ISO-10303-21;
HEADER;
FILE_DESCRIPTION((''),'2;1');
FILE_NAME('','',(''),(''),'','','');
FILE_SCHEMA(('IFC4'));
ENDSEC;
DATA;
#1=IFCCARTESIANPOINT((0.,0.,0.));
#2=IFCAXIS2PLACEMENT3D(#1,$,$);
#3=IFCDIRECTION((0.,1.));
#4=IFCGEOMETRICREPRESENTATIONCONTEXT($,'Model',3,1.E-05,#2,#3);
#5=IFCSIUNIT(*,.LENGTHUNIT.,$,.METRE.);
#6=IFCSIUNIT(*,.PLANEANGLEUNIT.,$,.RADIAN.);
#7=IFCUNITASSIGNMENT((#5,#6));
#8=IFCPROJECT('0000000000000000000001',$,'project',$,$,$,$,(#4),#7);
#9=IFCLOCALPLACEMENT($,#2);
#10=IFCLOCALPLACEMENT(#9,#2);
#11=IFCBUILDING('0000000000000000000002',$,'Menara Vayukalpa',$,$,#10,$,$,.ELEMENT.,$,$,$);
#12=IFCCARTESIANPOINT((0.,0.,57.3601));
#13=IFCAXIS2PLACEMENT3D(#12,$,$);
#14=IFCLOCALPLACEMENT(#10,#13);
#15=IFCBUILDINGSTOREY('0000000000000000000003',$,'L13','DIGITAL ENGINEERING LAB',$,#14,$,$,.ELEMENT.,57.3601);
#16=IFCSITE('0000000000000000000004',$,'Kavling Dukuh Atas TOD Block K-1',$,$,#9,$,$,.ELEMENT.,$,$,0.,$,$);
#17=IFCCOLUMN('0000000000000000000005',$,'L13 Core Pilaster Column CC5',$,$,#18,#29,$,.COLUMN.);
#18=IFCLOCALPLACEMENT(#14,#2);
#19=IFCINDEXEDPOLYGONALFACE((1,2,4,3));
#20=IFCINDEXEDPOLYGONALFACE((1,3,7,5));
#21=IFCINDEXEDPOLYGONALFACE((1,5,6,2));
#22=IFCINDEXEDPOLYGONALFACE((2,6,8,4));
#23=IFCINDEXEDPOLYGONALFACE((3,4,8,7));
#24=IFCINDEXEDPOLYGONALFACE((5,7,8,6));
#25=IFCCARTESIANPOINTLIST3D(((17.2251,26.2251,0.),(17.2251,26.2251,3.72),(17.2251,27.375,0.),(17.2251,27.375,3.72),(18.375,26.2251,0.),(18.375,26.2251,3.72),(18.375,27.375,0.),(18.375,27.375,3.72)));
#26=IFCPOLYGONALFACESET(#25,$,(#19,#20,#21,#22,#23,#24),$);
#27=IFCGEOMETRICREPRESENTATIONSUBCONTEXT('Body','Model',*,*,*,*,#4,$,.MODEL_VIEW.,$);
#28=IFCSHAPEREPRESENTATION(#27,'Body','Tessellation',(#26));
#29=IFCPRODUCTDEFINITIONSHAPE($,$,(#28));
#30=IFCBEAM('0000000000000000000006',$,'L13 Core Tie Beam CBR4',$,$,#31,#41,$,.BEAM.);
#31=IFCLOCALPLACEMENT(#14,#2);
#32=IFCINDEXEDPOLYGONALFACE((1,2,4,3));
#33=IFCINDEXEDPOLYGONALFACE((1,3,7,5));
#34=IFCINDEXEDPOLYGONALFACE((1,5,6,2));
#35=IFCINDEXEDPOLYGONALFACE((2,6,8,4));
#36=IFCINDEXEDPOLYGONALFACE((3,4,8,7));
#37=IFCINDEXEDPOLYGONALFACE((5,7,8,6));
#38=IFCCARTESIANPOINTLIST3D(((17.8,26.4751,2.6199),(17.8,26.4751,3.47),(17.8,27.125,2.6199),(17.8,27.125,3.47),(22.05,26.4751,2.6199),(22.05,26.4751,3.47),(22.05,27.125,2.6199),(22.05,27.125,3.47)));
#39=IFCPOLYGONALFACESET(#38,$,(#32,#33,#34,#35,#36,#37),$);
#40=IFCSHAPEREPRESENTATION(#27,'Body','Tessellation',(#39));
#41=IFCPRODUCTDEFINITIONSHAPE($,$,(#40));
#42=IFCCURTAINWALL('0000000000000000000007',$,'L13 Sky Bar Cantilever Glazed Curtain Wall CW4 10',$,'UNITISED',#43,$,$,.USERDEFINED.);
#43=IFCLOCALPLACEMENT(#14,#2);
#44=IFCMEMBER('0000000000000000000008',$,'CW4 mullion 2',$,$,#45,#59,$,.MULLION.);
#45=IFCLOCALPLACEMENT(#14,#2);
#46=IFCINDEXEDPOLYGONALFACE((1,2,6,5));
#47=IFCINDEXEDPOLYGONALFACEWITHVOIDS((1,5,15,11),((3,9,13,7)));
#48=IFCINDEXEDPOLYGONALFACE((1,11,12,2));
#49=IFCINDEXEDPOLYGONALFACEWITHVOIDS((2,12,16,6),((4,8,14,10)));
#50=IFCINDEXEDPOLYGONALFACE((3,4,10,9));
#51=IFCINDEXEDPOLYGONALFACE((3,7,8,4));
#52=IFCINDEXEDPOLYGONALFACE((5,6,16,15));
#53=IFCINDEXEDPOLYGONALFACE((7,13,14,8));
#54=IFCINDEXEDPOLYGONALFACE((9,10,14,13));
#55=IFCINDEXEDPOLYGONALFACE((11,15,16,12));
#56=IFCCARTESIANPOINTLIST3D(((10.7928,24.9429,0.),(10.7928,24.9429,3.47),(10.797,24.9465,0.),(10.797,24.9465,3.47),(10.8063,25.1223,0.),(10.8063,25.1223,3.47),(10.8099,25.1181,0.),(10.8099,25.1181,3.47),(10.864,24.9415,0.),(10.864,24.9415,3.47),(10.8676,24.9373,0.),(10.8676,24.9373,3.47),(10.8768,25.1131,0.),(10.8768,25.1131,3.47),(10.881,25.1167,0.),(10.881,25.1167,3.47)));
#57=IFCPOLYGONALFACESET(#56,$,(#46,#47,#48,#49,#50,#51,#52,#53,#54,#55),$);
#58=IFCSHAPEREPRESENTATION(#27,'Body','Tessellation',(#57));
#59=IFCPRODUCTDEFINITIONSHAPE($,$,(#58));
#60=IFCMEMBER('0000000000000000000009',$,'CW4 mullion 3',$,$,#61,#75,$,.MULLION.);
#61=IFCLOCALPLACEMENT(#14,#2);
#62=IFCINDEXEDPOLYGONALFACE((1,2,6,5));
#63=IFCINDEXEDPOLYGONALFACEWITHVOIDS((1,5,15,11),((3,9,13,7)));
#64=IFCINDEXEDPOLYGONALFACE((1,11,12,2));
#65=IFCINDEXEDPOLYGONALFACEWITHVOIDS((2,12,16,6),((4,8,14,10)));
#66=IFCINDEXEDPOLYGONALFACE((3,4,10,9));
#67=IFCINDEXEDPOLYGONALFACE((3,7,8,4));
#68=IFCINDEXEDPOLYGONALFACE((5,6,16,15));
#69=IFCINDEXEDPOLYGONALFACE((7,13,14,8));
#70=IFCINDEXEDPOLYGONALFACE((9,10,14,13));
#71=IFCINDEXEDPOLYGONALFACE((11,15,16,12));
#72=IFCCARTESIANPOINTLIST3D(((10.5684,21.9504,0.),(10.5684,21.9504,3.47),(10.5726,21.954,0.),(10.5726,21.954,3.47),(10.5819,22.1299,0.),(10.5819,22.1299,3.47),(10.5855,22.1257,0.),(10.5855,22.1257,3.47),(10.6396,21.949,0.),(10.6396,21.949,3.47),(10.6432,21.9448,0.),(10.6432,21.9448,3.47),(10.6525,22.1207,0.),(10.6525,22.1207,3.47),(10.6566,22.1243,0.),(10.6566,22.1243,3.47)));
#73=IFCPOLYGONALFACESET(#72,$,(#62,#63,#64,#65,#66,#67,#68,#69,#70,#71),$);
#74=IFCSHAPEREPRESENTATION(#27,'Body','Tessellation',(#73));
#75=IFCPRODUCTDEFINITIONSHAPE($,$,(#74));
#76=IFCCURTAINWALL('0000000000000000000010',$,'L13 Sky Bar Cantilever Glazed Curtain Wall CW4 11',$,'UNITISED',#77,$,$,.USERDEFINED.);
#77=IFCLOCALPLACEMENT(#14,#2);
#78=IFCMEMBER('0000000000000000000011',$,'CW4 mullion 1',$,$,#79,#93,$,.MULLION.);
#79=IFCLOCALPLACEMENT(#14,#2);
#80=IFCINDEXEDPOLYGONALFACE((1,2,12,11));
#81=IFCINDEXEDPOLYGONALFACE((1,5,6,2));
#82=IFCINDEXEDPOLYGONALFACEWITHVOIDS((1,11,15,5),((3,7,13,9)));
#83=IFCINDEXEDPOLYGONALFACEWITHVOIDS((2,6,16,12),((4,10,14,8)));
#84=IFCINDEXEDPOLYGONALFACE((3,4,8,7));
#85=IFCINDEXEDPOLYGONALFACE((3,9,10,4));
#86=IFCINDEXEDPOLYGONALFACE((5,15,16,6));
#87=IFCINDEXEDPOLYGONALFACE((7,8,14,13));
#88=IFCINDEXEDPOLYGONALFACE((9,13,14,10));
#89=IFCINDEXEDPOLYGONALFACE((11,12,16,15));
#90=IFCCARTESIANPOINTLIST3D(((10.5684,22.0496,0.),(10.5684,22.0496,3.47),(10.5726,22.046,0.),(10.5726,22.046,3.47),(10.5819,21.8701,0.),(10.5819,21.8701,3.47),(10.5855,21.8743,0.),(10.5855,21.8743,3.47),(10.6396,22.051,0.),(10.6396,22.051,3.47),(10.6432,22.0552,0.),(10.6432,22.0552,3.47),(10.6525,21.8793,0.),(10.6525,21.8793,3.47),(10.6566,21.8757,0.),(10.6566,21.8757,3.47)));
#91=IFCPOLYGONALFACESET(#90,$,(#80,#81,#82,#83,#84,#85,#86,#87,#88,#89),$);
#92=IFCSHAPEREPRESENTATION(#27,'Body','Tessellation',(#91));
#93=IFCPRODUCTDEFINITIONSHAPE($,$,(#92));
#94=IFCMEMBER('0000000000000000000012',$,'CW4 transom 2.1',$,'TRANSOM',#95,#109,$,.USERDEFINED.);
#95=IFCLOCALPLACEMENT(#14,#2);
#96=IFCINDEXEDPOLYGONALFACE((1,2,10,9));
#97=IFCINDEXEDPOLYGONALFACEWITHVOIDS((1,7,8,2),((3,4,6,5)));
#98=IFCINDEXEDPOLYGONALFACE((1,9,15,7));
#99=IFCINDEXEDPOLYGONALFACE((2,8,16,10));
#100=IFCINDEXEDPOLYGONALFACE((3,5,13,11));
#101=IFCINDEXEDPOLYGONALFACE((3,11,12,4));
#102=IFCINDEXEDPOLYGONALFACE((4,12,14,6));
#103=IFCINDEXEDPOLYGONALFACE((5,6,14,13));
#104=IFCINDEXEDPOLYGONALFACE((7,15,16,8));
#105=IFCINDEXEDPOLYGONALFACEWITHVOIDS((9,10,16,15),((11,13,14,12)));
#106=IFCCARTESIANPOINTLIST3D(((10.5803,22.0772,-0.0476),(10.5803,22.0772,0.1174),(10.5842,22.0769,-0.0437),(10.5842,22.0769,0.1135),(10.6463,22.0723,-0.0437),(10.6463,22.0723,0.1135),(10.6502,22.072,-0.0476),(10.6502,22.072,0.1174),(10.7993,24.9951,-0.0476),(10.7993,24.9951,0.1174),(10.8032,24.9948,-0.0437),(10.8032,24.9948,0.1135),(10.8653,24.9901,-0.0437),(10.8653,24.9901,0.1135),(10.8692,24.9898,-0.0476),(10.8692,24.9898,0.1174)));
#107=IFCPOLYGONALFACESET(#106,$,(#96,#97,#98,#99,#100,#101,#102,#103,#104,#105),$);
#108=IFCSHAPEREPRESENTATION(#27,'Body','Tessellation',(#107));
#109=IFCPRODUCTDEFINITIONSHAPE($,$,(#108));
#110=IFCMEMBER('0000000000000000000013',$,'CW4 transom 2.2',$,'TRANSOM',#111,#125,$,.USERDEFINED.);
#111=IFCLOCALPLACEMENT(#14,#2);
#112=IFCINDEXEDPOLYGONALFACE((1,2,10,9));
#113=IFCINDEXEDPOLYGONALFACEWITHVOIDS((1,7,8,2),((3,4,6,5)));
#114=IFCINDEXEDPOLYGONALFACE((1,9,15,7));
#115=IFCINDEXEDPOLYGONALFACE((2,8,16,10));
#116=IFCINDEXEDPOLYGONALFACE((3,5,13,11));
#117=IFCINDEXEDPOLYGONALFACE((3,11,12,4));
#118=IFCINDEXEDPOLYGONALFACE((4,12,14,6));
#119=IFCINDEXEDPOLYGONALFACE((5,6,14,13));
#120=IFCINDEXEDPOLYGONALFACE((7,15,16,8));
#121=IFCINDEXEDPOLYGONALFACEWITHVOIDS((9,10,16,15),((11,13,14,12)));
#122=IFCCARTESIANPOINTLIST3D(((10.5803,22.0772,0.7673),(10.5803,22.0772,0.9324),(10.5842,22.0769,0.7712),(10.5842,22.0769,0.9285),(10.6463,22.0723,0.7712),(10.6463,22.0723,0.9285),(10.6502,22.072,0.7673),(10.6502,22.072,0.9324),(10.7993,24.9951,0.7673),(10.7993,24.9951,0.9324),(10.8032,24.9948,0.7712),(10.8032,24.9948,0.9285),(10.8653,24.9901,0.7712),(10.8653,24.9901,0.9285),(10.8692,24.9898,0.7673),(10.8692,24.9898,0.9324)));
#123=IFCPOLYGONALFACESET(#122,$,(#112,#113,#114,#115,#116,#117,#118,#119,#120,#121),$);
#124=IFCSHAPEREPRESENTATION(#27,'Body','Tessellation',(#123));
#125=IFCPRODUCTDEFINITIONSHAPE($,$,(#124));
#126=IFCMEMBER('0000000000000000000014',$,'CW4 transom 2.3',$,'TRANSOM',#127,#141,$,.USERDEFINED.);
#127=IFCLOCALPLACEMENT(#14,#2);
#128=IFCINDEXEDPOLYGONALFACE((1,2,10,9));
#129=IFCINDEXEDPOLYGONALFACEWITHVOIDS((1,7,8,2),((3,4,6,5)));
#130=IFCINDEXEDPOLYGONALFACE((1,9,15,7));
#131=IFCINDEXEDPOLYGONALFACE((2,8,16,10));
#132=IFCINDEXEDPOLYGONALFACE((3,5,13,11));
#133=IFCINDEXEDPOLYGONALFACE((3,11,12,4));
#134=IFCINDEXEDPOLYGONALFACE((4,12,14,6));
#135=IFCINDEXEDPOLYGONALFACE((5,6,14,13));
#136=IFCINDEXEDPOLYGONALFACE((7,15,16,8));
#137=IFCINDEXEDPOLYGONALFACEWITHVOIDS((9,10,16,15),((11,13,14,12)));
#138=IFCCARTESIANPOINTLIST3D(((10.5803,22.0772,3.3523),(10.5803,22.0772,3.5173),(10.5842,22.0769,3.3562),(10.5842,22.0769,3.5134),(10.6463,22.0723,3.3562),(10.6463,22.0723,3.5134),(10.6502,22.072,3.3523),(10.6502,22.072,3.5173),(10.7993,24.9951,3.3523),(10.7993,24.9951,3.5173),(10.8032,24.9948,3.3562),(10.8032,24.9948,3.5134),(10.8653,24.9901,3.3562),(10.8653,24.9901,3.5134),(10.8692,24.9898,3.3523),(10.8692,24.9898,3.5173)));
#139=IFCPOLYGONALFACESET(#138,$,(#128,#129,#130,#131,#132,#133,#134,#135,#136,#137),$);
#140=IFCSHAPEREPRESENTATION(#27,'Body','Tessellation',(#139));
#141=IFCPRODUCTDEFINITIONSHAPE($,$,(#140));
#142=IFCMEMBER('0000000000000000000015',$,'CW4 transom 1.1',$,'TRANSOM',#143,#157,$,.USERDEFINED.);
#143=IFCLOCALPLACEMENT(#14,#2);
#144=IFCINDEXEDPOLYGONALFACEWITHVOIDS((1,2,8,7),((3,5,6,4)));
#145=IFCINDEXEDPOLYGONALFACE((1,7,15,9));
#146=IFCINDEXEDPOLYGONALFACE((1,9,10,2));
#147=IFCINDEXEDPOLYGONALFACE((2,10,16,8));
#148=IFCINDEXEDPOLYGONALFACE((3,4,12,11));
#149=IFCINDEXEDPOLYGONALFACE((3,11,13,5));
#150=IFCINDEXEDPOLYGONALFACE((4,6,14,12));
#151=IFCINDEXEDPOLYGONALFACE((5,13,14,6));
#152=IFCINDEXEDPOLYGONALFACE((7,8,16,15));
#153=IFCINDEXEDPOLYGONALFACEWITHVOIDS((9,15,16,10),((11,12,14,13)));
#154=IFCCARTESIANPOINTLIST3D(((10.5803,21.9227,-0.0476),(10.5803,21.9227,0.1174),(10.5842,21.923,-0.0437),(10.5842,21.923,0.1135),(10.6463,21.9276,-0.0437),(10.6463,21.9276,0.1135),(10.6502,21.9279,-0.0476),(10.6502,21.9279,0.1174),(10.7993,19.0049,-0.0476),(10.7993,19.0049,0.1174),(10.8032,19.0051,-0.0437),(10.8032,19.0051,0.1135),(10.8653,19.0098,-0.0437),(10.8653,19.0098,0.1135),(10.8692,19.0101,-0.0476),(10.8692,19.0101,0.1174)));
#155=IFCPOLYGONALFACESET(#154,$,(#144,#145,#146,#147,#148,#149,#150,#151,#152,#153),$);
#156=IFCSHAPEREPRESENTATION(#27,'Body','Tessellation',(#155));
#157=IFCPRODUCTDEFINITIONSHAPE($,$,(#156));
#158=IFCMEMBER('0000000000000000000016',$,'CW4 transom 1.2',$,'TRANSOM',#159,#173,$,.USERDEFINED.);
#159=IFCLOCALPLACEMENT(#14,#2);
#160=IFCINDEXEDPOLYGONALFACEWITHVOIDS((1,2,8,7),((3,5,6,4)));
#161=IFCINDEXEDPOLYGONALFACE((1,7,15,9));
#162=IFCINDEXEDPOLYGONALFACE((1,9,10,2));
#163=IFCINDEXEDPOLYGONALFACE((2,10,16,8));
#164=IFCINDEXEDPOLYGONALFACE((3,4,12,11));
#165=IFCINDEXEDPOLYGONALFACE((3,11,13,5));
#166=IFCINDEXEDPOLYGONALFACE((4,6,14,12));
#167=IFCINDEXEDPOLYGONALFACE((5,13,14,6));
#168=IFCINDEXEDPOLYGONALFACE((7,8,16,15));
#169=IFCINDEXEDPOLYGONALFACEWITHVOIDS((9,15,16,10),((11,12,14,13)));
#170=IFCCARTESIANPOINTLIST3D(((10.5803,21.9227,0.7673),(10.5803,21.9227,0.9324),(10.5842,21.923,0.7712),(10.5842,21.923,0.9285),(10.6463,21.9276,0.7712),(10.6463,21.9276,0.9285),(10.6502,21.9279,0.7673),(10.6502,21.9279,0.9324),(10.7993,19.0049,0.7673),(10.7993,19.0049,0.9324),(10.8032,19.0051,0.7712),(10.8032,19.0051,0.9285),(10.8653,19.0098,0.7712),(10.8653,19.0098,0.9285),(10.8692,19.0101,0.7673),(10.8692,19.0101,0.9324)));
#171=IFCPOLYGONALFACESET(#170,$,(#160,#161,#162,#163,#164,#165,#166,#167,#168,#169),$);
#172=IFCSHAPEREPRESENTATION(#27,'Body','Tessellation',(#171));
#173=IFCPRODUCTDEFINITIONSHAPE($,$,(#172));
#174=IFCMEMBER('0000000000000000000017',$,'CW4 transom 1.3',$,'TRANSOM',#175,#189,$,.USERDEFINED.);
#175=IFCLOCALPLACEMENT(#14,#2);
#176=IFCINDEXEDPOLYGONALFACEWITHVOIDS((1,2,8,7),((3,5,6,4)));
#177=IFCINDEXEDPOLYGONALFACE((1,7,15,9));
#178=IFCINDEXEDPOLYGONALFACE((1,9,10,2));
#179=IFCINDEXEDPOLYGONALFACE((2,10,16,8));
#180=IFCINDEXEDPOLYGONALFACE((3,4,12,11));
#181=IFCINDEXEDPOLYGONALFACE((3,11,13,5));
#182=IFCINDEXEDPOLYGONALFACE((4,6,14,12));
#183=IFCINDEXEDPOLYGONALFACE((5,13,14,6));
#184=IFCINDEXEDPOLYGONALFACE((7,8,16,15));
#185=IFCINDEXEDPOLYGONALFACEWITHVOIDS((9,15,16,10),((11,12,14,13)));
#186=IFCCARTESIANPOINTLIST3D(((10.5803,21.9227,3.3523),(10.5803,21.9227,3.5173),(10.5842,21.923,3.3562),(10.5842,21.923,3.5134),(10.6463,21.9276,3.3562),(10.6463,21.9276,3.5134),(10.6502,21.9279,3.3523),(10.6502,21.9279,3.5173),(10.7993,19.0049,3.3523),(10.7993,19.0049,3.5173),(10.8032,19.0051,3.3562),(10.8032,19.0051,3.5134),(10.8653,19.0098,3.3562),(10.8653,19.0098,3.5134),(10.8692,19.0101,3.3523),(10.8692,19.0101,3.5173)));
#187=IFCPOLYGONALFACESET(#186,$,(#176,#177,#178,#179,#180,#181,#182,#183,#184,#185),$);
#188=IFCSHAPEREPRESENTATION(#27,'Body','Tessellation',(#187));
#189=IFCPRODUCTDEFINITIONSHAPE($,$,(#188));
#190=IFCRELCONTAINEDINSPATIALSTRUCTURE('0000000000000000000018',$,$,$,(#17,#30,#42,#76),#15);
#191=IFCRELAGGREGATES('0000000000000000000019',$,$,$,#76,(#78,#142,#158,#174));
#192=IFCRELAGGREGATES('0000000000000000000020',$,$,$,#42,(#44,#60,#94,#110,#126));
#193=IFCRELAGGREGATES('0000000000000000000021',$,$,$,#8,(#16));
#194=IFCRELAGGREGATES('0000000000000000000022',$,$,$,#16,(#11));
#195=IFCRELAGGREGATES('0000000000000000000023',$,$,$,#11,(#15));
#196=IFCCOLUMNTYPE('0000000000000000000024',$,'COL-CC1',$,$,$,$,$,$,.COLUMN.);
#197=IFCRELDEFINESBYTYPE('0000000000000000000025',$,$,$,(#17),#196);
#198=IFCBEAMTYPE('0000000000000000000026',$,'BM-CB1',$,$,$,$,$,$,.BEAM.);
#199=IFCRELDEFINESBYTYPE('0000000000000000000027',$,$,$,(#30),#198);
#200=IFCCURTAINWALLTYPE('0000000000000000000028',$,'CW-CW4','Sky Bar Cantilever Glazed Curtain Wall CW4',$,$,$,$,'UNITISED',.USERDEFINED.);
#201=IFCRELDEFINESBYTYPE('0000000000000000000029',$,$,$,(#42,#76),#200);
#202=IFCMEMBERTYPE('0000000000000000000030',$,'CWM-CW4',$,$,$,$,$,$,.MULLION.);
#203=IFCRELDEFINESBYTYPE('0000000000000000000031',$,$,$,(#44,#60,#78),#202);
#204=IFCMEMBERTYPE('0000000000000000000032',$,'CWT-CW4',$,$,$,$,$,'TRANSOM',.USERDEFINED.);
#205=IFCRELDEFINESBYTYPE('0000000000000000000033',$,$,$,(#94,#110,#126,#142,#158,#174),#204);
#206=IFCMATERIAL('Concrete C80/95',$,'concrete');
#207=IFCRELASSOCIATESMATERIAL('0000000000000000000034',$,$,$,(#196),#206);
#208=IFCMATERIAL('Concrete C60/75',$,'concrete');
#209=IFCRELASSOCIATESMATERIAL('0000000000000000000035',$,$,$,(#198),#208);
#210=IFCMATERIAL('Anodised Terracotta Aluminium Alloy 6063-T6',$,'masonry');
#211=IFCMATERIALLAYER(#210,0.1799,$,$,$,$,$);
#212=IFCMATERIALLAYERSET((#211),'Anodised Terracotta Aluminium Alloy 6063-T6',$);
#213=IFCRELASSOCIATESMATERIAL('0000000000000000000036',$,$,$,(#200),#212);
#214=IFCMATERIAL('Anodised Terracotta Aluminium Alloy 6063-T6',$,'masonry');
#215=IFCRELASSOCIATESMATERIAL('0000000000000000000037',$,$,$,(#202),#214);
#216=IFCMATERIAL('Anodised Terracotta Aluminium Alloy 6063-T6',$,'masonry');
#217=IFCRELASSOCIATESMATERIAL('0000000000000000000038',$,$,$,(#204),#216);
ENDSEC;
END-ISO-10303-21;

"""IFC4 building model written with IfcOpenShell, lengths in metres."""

from ifc_helpers import new_model, si_unit, direction, frame, origin, origin_2d, place, context, subcontext, project, spatial, rectangle, hollow_rectangle, extrude, material, layer, layer_set, material_profile, profile_set, type_object, element, aggregate, save


model = new_model("IFC4")

# Units and contexts
model_context = context("Model", 3, precision=1e-05, world=origin(), true_north=direction((0.0, 1.0)))
body_context = subcontext(model_context, "Body", "Model", "MODEL_VIEW")
ifc_project = project(units=[si_unit("LENGTHUNIT", "METRE"), si_unit("PLANEANGLEUNIT", "RADIAN")], contexts=[model_context])

# Site, building, storey
site_placement = place(None, origin())
site = spatial("IfcSite", under=ifc_project, at=site_placement, Name="Kavling Dukuh Atas TOD Block K-1", CompositionType="ELEMENT", RefElevation=0.0)
building_placement = place(site_placement, origin())
building = spatial("IfcBuilding", under=site, at=building_placement, Name="Menara Vayukalpa", CompositionType="ELEMENT")
storey_placement = place(building_placement, frame((0.0, 0.0, 57.3601)))
storey = spatial("IfcBuildingStorey", under=building, at=storey_placement, Name="L13", Description="DIGITAL ENGINEERING LAB", CompositionType="ELEMENT", Elevation=57.3601)

# Column
ifc_material_1 = material(Name="Concrete C80/95", Category="concrete")
ifc_material_profile_1 = material_profile(ifc_material_1, rectangle(XDim=1.1499, YDim=1.1499, at=origin_2d()), Name="RC 1150x1150")
ifc_profile_set_1 = profile_set([ifc_material_profile_1], Name="Concrete C80/95")
column_type = type_object("IfcColumnType", Name="COL-CC1", PredefinedType="COLUMN", material=ifc_profile_set_1)
column_placement = place(storey_placement, frame((17.8, 26.8, 0.0), z_axis=(0.0, 0.0, 1.0), x_axis=(1.0, 0.0, 0.0)))
element("IfcColumn", 1, at=column_placement, inside=storey, type_object=column_type, Name="L13 Core Pilaster Column CC5", PredefinedType="COLUMN", context=body_context, shape_type="SweptSolid", body=[
    extrude(rectangle(XDim=1.1499, YDim=1.1499, at=origin_2d()), origin(), (0.0, 0.0, 1.0), 3.72),
])

# Beam
ifc_material_2 = material(Name="Concrete C60/75", Category="concrete")
ifc_material_profile_2 = material_profile(ifc_material_2, rectangle(XDim=0.6499, YDim=0.8501, at=origin_2d()), Name="RC 650x850")
ifc_profile_set_2 = profile_set([ifc_material_profile_2], Name="Concrete C60/75")
beam_type = type_object("IfcBeamType", Name="BM-CB1", PredefinedType="BEAM", material=ifc_profile_set_2)
beam_placement = place(storey_placement, frame((17.8, 26.8, 3.0449), z_axis=(1.0, 0.0, 0.0), x_axis=(0.0, 1.0, 0.0)))
element("IfcBeam", 2, at=beam_placement, inside=storey, type_object=beam_type, Name="L13 Core Tie Beam CBR4", PredefinedType="BEAM", context=body_context, shape_type="SweptSolid", body=[
    extrude(rectangle(XDim=0.6499, YDim=0.8501, at=origin_2d()), origin(), (0.0, 0.0, 1.0), 4.25),
])

# Curtain wall, members
ifc_material_3 = material(Name="Anodised Terracotta Aluminium Alloy 6063-T6", Category="masonry")
ifc_layer_1 = layer(ifc_material_3, 0.1799)
ifc_layer_set_1 = layer_set([ifc_layer_1], Name="Anodised Terracotta Aluminium Alloy 6063-T6")
curtain_wall_type = type_object("IfcCurtainWallType", Name="CW-CW4", Description="Sky Bar Cantilever Glazed Curtain Wall CW4", ElementType="UNITISED", PredefinedType="USERDEFINED", material=ifc_layer_set_1)
curtain_wall_1_placement = place(storey_placement, origin())
curtain_wall_1 = element("IfcCurtainWall", 3, at=curtain_wall_1_placement, inside=storey, type_object=curtain_wall_type, Name="L13 Sky Bar Cantilever Glazed Curtain Wall CW4 10", ObjectType="UNITISED", PredefinedType="USERDEFINED")
ifc_material_4 = material(Name="Anodised Terracotta Aluminium Alloy 6063-T6", Category="masonry")
ifc_material_profile_3 = material_profile(ifc_material_4, hollow_rectangle(XDim=0.075, YDim=0.1799, WallThickness=0.0039, at=origin_2d()), Name="ALU 75x180x4")
ifc_profile_set_3 = profile_set([ifc_material_profile_3], Name="Anodised Terracotta Aluminium Alloy 6063-T6")
member_type_1 = type_object("IfcMemberType", Name="CWM-CW4", PredefinedType="MULLION", material=ifc_profile_set_3)
member_1_placement = place(storey_placement, frame((10.8369, 25.0298, 0.0), z_axis=(0.0, 0.0, 1.0), x_axis=(0.997199, -0.074795, 0.0)))
member_1 = element("IfcMember", 4, at=member_1_placement, type_object=member_type_1, Name="CW4 mullion 2", PredefinedType="MULLION", context=body_context, shape_type="SweptSolid", body=[
    extrude(hollow_rectangle(XDim=0.075, YDim=0.1799, WallThickness=0.0039, at=origin_2d()), origin(), (0.0, 0.0, 1.0), 3.47),
])
member_2_placement = place(storey_placement, frame((10.6125, 22.0374, 0.0), z_axis=(0.0, 0.0, 1.0), x_axis=(0.997199, -0.074795, 0.0)))
member_2 = element("IfcMember", 5, at=member_2_placement, type_object=member_type_1, Name="CW4 mullion 3", PredefinedType="MULLION", context=body_context, shape_type="SweptSolid", body=[
    extrude(hollow_rectangle(XDim=0.075, YDim=0.1799, WallThickness=0.0039, at=origin_2d()), origin(), (0.0, 0.0, 1.0), 3.47),
])

# Curtain wall, member
curtain_wall_2_placement = place(storey_placement, origin())
curtain_wall_2 = element("IfcCurtainWall", 6, at=curtain_wall_2_placement, inside=storey, type_object=curtain_wall_type, Name="L13 Sky Bar Cantilever Glazed Curtain Wall CW4 11", ObjectType="UNITISED", PredefinedType="USERDEFINED")
member_3_placement = place(storey_placement, frame((10.6125, 21.9626, 0.0), z_axis=(0.0, 0.0, 1.0), x_axis=(0.997199, 0.074795, 0.0)))
member_3 = element("IfcMember", 7, at=member_3_placement, type_object=member_type_1, Name="CW4 mullion 1", PredefinedType="MULLION", context=body_context, shape_type="SweptSolid", body=[
    extrude(hollow_rectangle(XDim=0.075, YDim=0.1799, WallThickness=0.0039, at=origin_2d()), origin(), (0.0, 0.0, 1.0), 3.47),
])

# Members
ifc_material_5 = material(Name="Anodised Terracotta Aluminium Alloy 6063-T6", Category="masonry")
ifc_material_profile_4 = material_profile(ifc_material_5, hollow_rectangle(XDim=0.0701, YDim=0.165, WallThickness=0.0039, at=origin_2d()), Name="ALU 70x165x4")
ifc_profile_set_4 = profile_set([ifc_material_profile_4], Name="Anodised Terracotta Aluminium Alloy 6063-T6")
member_type_2 = type_object("IfcMemberType", Name="CWT-CW4", ElementType="TRANSOM", PredefinedType="USERDEFINED", material=ifc_profile_set_4)
member_4_placement = place(storey_placement, frame((10.8342, 24.9924, 0.0349), z_axis=(-0.074846, -0.997195, 0.0), x_axis=(0.997195, -0.074846, 0.0)))
member_4 = element("IfcMember", 8, at=member_4_placement, type_object=member_type_2, Name="CW4 transom 2.1", ObjectType="TRANSOM", PredefinedType="USERDEFINED", context=body_context, shape_type="SweptSolid", body=[
    extrude(hollow_rectangle(XDim=0.0701, YDim=0.165, WallThickness=0.0039, at=origin_2d()), origin(), (0.0, 0.0, 1.0), 2.926),
])
member_5_placement = place(storey_placement, frame((10.8342, 24.9924, 0.8499), z_axis=(-0.074846, -0.997195, 0.0), x_axis=(0.997195, -0.074846, 0.0)))
member_5 = element("IfcMember", 9, at=member_5_placement, type_object=member_type_2, Name="CW4 transom 2.2", ObjectType="TRANSOM", PredefinedType="USERDEFINED", context=body_context, shape_type="SweptSolid", body=[
    extrude(hollow_rectangle(XDim=0.0701, YDim=0.165, WallThickness=0.0039, at=origin_2d()), origin(), (0.0, 0.0, 1.0), 2.926),
])
member_6_placement = place(storey_placement, frame((10.8342, 24.9924, 3.4348), z_axis=(-0.074846, -0.997195, 0.0), x_axis=(0.997195, -0.074846, 0.0)))
member_6 = element("IfcMember", 10, at=member_6_placement, type_object=member_type_2, Name="CW4 transom 2.3", ObjectType="TRANSOM", PredefinedType="USERDEFINED", context=body_context, shape_type="SweptSolid", body=[
    extrude(hollow_rectangle(XDim=0.0701, YDim=0.165, WallThickness=0.0039, at=origin_2d()), origin(), (0.0, 0.0, 1.0), 2.926),
])
member_7_placement = place(storey_placement, frame((10.6152, 21.9253, 0.0349), z_axis=(0.074846, -0.997195, 0.0), x_axis=(0.997195, 0.074846, 0.0)))
member_7 = element("IfcMember", 11, at=member_7_placement, type_object=member_type_2, Name="CW4 transom 1.1", ObjectType="TRANSOM", PredefinedType="USERDEFINED", context=body_context, shape_type="SweptSolid", body=[
    extrude(hollow_rectangle(XDim=0.0701, YDim=0.165, WallThickness=0.0039, at=origin_2d()), origin(), (0.0, 0.0, 1.0), 2.926),
])
member_8_placement = place(storey_placement, frame((10.6152, 21.9253, 0.8499), z_axis=(0.074846, -0.997195, 0.0), x_axis=(0.997195, 0.074846, 0.0)))
member_8 = element("IfcMember", 12, at=member_8_placement, type_object=member_type_2, Name="CW4 transom 1.2", ObjectType="TRANSOM", PredefinedType="USERDEFINED", context=body_context, shape_type="SweptSolid", body=[
    extrude(hollow_rectangle(XDim=0.0701, YDim=0.165, WallThickness=0.0039, at=origin_2d()), origin(), (0.0, 0.0, 1.0), 2.926),
])
member_9_placement = place(storey_placement, frame((10.6152, 21.9253, 3.4348), z_axis=(0.074846, -0.997195, 0.0), x_axis=(0.997195, 0.074846, 0.0)))
member_9 = element("IfcMember", 13, at=member_9_placement, type_object=member_type_2, Name="CW4 transom 1.3", ObjectType="TRANSOM", PredefinedType="USERDEFINED", context=body_context, shape_type="SweptSolid", body=[
    extrude(hollow_rectangle(XDim=0.0701, YDim=0.165, WallThickness=0.0039, at=origin_2d()), origin(), (0.0, 0.0, 1.0), 2.926),
])
aggregate(curtain_wall_2, [member_3, member_7, member_8, member_9])

aggregate(curtain_wall_1, [member_1, member_2, member_4, member_5, member_6])

save(model, "model.ifc")
